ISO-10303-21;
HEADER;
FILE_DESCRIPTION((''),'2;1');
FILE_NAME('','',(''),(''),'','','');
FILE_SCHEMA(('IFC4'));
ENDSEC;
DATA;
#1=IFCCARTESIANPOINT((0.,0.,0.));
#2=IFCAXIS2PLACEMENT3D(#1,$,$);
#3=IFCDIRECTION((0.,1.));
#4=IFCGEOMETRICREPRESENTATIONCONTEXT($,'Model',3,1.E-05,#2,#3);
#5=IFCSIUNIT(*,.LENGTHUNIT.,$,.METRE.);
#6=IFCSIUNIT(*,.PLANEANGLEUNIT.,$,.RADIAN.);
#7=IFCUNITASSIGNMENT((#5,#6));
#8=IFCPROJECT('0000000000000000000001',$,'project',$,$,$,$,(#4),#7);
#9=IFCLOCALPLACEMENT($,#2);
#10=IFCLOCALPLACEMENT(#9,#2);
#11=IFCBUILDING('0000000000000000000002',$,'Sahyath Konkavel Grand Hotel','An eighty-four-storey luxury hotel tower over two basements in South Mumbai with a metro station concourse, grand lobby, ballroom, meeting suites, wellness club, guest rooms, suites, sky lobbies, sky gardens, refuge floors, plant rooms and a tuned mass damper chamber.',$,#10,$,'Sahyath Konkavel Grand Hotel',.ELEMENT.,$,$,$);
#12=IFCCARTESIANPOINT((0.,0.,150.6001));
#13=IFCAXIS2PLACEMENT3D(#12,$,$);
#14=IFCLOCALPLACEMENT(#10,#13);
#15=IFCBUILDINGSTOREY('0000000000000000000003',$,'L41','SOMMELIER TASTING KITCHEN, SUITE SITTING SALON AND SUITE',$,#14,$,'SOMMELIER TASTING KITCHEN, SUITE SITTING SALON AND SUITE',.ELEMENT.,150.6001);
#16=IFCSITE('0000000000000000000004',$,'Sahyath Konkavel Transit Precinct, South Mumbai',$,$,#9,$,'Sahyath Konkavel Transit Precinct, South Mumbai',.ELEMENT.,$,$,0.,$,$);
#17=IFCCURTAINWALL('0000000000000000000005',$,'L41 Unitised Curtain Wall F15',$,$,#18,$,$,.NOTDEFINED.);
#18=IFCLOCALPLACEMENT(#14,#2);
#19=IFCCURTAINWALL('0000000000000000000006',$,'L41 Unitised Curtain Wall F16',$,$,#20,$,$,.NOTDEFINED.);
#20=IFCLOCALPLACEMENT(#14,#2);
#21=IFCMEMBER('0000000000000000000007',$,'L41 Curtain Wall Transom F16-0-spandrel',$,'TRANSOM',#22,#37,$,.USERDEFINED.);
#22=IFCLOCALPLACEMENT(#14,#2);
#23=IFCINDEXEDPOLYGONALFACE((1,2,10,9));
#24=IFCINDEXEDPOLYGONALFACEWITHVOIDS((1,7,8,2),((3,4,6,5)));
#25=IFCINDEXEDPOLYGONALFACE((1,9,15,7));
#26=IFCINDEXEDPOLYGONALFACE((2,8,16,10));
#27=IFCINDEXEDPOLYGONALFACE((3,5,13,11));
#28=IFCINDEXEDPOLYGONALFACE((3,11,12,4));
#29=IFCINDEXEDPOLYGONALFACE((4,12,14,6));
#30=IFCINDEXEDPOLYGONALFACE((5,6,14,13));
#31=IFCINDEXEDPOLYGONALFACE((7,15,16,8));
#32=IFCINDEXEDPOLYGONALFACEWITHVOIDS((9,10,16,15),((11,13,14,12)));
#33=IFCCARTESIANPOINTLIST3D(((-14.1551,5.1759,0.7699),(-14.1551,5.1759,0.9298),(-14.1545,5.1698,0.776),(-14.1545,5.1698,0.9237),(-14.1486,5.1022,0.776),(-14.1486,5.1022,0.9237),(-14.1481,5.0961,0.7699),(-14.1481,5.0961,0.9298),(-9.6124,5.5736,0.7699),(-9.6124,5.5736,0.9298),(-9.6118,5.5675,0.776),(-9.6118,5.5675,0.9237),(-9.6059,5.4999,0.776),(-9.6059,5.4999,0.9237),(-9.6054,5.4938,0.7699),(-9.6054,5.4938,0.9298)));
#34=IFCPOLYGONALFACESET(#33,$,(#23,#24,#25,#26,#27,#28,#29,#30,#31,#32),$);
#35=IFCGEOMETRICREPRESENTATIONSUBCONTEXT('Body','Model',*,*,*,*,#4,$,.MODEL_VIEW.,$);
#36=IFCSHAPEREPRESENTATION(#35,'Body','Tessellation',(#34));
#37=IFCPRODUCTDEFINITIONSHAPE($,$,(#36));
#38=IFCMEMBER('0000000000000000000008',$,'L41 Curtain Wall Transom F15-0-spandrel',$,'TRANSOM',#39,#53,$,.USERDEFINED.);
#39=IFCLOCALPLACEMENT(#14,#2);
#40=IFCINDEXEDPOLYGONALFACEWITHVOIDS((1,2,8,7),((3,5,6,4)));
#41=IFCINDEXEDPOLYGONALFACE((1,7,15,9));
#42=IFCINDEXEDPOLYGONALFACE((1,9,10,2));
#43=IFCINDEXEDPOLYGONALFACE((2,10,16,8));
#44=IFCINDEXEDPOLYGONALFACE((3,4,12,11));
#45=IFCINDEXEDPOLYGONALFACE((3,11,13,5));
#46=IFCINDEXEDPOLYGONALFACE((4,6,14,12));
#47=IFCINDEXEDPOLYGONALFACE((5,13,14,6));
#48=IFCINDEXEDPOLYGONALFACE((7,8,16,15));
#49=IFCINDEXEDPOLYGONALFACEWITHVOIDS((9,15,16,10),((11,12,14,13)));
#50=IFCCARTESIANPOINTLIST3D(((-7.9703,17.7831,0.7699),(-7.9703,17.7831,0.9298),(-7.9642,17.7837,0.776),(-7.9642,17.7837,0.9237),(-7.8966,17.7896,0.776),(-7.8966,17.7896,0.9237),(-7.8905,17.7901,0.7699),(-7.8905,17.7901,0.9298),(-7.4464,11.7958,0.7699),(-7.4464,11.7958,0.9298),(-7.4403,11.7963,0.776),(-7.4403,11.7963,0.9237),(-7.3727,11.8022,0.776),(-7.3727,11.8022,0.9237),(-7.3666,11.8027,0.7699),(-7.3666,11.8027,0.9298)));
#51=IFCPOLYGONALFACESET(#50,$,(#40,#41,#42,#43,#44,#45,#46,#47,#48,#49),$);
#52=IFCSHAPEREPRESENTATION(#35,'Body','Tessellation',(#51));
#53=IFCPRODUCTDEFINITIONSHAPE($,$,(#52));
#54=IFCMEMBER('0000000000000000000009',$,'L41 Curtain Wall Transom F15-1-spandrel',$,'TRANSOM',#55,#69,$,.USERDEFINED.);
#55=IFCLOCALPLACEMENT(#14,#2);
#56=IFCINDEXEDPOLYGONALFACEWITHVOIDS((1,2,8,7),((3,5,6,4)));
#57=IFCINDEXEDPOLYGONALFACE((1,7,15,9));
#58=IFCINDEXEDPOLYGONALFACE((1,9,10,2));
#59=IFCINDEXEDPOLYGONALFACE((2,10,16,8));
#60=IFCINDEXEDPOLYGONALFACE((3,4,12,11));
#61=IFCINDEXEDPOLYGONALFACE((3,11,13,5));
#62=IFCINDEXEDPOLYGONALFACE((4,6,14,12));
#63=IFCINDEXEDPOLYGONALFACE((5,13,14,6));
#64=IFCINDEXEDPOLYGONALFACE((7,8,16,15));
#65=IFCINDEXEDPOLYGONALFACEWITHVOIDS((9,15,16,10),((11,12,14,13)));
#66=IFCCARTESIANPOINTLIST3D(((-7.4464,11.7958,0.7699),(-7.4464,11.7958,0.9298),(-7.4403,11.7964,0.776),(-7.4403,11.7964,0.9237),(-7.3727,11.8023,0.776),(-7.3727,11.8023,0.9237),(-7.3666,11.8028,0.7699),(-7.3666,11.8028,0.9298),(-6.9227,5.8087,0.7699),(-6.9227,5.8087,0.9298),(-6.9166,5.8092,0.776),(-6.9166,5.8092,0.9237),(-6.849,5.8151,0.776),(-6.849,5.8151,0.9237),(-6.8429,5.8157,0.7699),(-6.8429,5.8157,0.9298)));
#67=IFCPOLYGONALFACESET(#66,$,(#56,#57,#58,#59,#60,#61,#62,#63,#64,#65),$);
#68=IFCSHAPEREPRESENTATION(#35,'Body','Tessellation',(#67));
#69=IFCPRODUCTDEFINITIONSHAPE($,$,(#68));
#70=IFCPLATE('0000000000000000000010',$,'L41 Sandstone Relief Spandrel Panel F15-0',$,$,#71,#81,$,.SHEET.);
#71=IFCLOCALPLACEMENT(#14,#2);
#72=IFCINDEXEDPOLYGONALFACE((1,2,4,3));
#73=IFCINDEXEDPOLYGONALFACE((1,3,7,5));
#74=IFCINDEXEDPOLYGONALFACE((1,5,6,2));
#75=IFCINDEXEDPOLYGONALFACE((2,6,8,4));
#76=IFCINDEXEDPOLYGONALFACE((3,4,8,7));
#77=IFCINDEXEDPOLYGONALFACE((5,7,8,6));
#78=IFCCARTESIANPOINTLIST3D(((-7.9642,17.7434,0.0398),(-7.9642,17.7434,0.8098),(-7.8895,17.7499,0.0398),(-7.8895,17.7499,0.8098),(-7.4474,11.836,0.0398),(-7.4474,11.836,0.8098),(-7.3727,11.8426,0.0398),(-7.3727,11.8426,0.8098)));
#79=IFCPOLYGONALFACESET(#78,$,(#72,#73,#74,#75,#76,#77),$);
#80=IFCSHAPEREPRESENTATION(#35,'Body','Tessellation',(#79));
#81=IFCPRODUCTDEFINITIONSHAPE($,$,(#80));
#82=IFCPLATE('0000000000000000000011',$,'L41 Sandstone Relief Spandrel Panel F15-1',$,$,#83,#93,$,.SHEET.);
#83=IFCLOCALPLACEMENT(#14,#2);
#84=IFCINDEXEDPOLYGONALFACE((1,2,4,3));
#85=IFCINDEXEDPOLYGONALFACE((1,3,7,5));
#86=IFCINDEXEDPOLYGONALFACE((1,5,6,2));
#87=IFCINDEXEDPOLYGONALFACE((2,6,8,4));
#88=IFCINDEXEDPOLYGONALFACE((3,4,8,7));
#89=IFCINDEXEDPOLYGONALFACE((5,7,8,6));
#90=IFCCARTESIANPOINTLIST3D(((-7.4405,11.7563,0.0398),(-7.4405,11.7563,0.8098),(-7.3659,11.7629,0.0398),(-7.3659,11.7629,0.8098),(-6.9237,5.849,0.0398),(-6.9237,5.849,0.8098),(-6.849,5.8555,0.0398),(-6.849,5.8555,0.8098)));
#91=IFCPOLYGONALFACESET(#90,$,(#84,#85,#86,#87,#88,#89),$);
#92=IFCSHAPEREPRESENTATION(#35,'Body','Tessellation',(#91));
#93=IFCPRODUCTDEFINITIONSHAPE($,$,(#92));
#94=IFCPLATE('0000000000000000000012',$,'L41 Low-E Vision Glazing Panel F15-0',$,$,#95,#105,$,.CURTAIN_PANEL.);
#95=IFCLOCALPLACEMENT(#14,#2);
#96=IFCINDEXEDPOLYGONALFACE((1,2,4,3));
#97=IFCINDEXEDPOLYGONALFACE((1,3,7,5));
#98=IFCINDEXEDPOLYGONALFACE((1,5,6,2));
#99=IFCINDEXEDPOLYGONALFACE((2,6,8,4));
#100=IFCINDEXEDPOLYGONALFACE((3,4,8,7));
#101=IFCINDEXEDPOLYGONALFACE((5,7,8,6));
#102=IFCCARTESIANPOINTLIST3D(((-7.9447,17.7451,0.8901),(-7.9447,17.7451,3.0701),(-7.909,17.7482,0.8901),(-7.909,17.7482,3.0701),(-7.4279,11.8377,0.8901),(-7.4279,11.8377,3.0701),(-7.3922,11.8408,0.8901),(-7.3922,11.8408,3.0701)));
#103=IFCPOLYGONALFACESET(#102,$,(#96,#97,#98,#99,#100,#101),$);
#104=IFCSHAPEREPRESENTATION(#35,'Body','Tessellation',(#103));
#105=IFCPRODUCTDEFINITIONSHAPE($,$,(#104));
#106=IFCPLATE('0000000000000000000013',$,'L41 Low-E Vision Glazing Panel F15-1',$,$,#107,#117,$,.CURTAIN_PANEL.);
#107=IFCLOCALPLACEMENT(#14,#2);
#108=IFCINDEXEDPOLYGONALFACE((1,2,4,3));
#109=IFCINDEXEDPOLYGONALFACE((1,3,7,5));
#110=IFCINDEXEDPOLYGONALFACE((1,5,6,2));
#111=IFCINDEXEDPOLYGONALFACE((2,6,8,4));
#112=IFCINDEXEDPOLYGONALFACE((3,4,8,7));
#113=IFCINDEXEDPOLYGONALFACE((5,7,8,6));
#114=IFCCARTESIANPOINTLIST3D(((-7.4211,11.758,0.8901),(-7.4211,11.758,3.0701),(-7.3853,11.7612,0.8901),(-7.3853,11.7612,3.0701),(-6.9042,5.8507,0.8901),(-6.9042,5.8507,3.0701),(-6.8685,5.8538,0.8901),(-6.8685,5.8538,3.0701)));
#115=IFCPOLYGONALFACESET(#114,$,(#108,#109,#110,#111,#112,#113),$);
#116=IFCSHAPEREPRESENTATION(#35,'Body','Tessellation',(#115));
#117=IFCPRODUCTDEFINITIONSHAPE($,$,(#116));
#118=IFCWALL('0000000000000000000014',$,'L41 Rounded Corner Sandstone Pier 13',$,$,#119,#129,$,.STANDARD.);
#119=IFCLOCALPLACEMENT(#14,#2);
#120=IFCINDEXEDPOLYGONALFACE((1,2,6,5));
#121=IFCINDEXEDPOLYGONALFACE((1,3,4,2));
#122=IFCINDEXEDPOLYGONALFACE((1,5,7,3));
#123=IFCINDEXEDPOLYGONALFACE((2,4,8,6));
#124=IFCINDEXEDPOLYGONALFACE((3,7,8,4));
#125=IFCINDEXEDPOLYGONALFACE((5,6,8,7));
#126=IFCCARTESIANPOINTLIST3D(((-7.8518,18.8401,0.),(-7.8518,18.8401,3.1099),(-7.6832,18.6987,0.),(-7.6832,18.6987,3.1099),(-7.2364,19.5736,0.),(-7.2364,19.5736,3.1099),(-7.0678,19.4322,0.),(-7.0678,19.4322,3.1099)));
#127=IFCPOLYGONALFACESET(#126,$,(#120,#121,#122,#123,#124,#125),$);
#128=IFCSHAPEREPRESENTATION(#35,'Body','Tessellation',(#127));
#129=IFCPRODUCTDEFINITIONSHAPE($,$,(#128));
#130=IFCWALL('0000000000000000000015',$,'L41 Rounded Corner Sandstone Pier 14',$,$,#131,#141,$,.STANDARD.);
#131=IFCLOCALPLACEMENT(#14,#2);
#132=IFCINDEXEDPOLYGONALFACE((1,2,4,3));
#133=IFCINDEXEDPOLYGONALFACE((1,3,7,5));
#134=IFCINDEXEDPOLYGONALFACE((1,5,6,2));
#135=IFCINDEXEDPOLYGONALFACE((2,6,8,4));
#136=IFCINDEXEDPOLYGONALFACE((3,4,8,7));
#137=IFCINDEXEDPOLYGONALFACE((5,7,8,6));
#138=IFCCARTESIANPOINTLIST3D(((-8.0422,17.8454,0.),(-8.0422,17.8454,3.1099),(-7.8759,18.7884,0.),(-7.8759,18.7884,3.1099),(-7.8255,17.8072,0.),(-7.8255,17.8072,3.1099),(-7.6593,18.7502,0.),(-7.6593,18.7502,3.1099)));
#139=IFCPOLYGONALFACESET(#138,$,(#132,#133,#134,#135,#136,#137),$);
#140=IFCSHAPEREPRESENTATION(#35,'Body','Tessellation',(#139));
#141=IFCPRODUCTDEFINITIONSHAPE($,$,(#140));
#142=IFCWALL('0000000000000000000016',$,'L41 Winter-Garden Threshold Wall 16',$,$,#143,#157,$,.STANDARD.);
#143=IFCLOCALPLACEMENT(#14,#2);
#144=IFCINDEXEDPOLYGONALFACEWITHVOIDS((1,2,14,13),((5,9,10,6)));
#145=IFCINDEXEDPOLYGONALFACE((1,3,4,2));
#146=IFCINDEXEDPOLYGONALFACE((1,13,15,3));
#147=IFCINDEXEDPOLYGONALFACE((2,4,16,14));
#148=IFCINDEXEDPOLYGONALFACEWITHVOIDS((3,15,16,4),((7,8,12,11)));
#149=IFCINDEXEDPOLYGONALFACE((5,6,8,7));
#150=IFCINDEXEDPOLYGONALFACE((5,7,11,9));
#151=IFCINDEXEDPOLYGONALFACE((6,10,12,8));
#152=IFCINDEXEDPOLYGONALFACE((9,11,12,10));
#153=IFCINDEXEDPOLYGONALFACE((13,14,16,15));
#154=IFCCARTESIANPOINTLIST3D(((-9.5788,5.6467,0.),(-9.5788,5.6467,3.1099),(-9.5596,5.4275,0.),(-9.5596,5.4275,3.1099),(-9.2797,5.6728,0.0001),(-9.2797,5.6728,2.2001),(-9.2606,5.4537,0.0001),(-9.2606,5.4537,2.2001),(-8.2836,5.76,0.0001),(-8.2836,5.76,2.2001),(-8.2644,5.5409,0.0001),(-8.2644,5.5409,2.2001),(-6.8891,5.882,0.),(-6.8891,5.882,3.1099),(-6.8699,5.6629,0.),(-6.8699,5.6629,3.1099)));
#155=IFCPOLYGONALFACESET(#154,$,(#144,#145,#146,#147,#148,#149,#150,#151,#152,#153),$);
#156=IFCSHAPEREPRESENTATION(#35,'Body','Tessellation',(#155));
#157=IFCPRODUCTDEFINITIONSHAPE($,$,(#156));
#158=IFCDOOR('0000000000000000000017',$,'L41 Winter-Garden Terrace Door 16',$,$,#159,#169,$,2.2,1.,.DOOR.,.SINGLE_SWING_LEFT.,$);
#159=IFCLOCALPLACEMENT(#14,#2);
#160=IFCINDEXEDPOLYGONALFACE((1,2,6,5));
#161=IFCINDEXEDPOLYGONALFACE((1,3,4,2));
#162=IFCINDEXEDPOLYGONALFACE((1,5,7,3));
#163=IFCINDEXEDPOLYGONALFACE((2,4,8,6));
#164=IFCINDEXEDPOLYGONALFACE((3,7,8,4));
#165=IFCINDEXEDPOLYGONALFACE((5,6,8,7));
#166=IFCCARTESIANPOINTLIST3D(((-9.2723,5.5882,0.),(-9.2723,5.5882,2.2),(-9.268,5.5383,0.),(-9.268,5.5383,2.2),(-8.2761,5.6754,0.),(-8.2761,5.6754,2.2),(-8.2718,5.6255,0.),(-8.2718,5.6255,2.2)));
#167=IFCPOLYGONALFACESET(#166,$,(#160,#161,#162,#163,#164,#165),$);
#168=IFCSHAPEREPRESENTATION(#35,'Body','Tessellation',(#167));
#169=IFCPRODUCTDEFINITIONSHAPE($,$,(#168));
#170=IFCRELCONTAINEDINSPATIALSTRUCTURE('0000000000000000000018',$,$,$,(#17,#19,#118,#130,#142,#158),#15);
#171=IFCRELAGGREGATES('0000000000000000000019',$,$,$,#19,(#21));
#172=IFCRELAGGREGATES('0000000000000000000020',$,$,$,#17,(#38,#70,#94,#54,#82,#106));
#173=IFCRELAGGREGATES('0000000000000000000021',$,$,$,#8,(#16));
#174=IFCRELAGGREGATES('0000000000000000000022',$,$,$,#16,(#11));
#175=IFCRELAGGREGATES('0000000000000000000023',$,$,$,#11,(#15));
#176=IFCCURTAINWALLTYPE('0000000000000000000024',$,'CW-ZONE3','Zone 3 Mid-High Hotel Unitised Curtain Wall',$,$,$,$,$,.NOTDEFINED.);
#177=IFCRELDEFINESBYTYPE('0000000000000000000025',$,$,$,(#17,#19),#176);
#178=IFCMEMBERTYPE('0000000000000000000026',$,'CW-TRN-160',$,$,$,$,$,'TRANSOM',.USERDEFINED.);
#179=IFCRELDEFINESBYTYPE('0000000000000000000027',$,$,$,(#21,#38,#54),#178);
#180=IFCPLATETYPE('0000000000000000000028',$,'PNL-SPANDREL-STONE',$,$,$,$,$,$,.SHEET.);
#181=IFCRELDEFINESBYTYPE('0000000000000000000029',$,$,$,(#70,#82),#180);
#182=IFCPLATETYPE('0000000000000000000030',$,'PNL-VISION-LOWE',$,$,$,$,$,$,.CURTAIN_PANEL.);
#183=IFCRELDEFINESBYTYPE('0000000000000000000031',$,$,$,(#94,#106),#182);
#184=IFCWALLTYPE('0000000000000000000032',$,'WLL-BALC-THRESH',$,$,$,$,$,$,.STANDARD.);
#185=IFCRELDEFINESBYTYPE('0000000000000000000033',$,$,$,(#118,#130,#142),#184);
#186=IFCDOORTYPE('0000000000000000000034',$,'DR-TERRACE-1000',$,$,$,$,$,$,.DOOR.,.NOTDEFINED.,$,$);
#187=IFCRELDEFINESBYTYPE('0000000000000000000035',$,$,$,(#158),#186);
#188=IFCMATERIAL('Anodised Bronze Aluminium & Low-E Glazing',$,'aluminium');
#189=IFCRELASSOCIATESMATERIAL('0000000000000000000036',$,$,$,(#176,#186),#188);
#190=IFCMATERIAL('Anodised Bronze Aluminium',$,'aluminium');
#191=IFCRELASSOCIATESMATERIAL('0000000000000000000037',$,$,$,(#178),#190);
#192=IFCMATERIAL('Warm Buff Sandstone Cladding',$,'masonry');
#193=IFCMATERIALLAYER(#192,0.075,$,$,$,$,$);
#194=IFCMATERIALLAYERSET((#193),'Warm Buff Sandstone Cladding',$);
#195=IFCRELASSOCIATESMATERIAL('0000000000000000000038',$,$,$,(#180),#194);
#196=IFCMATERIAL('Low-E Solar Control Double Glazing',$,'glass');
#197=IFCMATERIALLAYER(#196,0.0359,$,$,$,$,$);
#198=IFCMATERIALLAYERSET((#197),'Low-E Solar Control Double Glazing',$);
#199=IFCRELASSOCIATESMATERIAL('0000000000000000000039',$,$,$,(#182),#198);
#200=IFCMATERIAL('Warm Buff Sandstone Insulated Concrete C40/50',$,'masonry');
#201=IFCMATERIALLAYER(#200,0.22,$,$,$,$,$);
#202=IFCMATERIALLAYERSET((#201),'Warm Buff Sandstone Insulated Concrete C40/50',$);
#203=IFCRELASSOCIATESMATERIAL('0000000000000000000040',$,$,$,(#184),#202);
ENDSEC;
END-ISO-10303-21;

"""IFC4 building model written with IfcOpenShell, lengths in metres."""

from ifc_helpers import new_model, si_unit, direction, frame, frame_2d, origin, origin_2d, place, context, subcontext, project, spatial, rectangle, hollow_rectangle, extrude, source, transform, mapped, material, layer, layer_set, material_profile, profile_set, type_object, element, fill, aggregate, save


model = new_model("IFC4")

# Units and contexts
model_context = context("Model", 3, precision=1e-05, world=origin(), true_north=direction((0.0, 1.0)))
body_context = subcontext(model_context, "Body", "Model", "MODEL_VIEW")
ifc_project = project(units=[si_unit("LENGTHUNIT", "METRE"), si_unit("PLANEANGLEUNIT", "RADIAN")], contexts=[model_context])

# Site, building, storey
site_placement = place(None, origin())
site = spatial("IfcSite", under=ifc_project, at=site_placement, Name="Sahyath Konkavel Transit Precinct, South Mumbai", LongName="Sahyath Konkavel Transit Precinct, South Mumbai", CompositionType="ELEMENT", RefElevation=0.0)
building_placement = place(site_placement, origin())
building = spatial("IfcBuilding", under=site, at=building_placement, Name="Sahyath Konkavel Grand Hotel", Description="An eighty-four-storey luxury hotel tower over two basements in South Mumbai with a metro station concourse, grand lobby, ballroom, meeting suites, wellness club, guest rooms, suites, sky lobbies, sky gardens, refuge floors, plant rooms and a tuned mass damper chamber.", LongName="Sahyath Konkavel Grand Hotel", CompositionType="ELEMENT")
storey_placement = place(building_placement, frame((0.0, 0.0, 150.6001)))
storey = spatial("IfcBuildingStorey", under=building, at=storey_placement, Name="L41", Description="SOMMELIER TASTING KITCHEN, SUITE SITTING SALON AND SUITE", LongName="SOMMELIER TASTING KITCHEN, SUITE SITTING SALON AND SUITE", CompositionType="ELEMENT", Elevation=150.6001)

# Shared definitions
ifc_material_1 = material(Name="Anodised Bronze Aluminium & Low-E Glazing", Category="aluminium")
curtain_wall_type = type_object("IfcCurtainWallType", Name="CW-ZONE3", Description="Zone 3 Mid-High Hotel Unitised Curtain Wall", PredefinedType="NOTDEFINED", material=ifc_material_1)
ifc_material_2 = material(Name="Anodised Bronze Aluminium", Category="aluminium")

# Curtain wall
curtain_wall_1_placement = place(storey_placement, origin())
curtain_wall_1 = element("IfcCurtainWall", 1, at=curtain_wall_1_placement, inside=storey, type_object=curtain_wall_type, Name="L41 Unitised Curtain Wall F15", PredefinedType="NOTDEFINED")

# Curtain wall
curtain_wall_2_placement = place(storey_placement, origin())
curtain_wall_2 = element("IfcCurtainWall", 2, at=curtain_wall_2_placement, inside=storey, type_object=curtain_wall_type, Name="L41 Unitised Curtain Wall F16", PredefinedType="NOTDEFINED")

# Members
ifc_material_profile_1 = material_profile(ifc_material_2, hollow_rectangle(XDim=0.0801, YDim=0.1599, WallThickness=0.0061, at=origin_2d()), Name="RHS 160x80x6")
ifc_profile_set_1 = profile_set([ifc_material_profile_1], Name="Anodised Bronze Aluminium")
member_type_1 = type_object("IfcMemberType", Name="CW-TRN-160", ElementType="TRANSOM", PredefinedType="USERDEFINED", material=ifc_profile_set_1)
shared_shape_1 = source(origin(), body_context, "Body", "SweptSolid", [
    extrude(hollow_rectangle(XDim=0.0801, YDim=0.1599, WallThickness=0.0061, at=origin_2d()), origin(), (0.0, 0.0, 1.0), 4.5601),
])
member_1_placement = place(storey_placement, frame((-9.6089, 5.5337, 0.8499), z_axis=(-0.99619, -0.087214, 0.0), x_axis=(0.087214, -0.99619, 0.0)))
member_1 = element("IfcMember", 3, at=member_1_placement, type_object=member_type_1, Name="L41 Curtain Wall Transom F16-0-spandrel", ObjectType="TRANSOM", PredefinedType="USERDEFINED", context=body_context, shape_type="MappedRepresentation", body=[
    mapped(shared_shape_1, transform((0.0, 0.0, 0.0), scale=1.0)),
])
aggregate(curtain_wall_2, [member_1])
shared_shape_2 = source(origin(), body_context, "Body", "SweptSolid", [
    extrude(hollow_rectangle(XDim=0.0801, YDim=0.1599, WallThickness=0.0061, at=origin_2d()), origin(), (0.0, 0.0, 1.0), 6.0103),
])
member_2_placement = place(storey_placement, frame((-7.9304, 17.7866, 0.8499), z_axis=(0.087173, -0.996193, 0.0), x_axis=(0.996193, 0.087173, 0.0)))
member_2 = element("IfcMember", 4, at=member_2_placement, type_object=member_type_1, Name="L41 Curtain Wall Transom F15-0-spandrel", ObjectType="TRANSOM", PredefinedType="USERDEFINED", context=body_context, shape_type="MappedRepresentation", body=[
    mapped(shared_shape_2, transform((0.0, 0.0, 0.0), scale=1.0)),
])
shared_shape_3 = source(origin(), body_context, "Body", "SweptSolid", [
    extrude(hollow_rectangle(XDim=0.0801, YDim=0.1599, WallThickness=0.0061, at=origin_2d()), origin(), (0.0, 0.0, 1.0), 6.01),
])
member_3_placement = place(storey_placement, frame((-7.4065, 11.7993, 0.8499), z_axis=(0.087136, -0.996196, 0.0), x_axis=(0.996196, 0.087136, 0.0)))
member_3 = element("IfcMember", 5, at=member_3_placement, type_object=member_type_1, Name="L41 Curtain Wall Transom F15-1-spandrel", ObjectType="TRANSOM", PredefinedType="USERDEFINED", context=body_context, shape_type="MappedRepresentation", body=[
    mapped(shared_shape_3, transform((0.0, 0.0, 0.0), scale=1.0)),
])

# Plates
ifc_material_3 = material(Name="Warm Buff Sandstone Cladding", Category="masonry")
ifc_layer_1 = layer(ifc_material_3, 0.075)
ifc_layer_set_1 = layer_set([ifc_layer_1], Name="Warm Buff Sandstone Cladding")
plate_type_1 = type_object("IfcPlateType", Name="PNL-SPANDREL-STONE", PredefinedType="SHEET", material=ifc_layer_set_1)
shared_shape_4 = source(origin(), body_context, "Body", "SweptSolid", [
    extrude(rectangle(XDim=5.9299, YDim=0.075, at=origin_2d()), origin(), (0.0, 0.0, 1.0), 0.77),
])
plate_1_placement = place(storey_placement, frame((-7.6685, 14.793, 0.0398), z_axis=(0.0, 0.0, 1.0), x_axis=(0.087156, -0.996195, 0.0)))
plate_1 = element("IfcPlate", 6, at=plate_1_placement, type_object=plate_type_1, Name="L41 Sandstone Relief Spandrel Panel F15-0", PredefinedType="SHEET", context=body_context, shape_type="MappedRepresentation", body=[
    mapped(shared_shape_4, transform((0.0, 0.0, 0.0), scale=1.0)),
])
plate_2_placement = place(storey_placement, frame((-7.1448, 8.8059, 0.0398), z_axis=(0.0, 0.0, 1.0), x_axis=(0.087156, -0.996195, 0.0)))
plate_2 = element("IfcPlate", 7, at=plate_2_placement, type_object=plate_type_1, Name="L41 Sandstone Relief Spandrel Panel F15-1", PredefinedType="SHEET", context=body_context, shape_type="MappedRepresentation", body=[
    mapped(shared_shape_4, transform((0.0, 0.0, 0.0), scale=1.0)),
])
ifc_material_4 = material(Name="Low-E Solar Control Double Glazing", Category="glass")
ifc_layer_2 = layer(ifc_material_4, 0.0359)
ifc_layer_set_2 = layer_set([ifc_layer_2], Name="Low-E Solar Control Double Glazing")
plate_type_2 = type_object("IfcPlateType", Name="PNL-VISION-LOWE", PredefinedType="CURTAIN_PANEL", material=ifc_layer_set_2)
shared_shape_5 = source(origin(), body_context, "Body", "SweptSolid", [
    extrude(rectangle(XDim=5.9299, YDim=0.0359, at=origin_2d()), origin(), (0.0, 0.0, 1.0), 2.1799),
])
plate_3_placement = place(storey_placement, frame((-7.6685, 14.793, 0.8901), z_axis=(0.0, 0.0, 1.0), x_axis=(0.087156, -0.996195, 0.0)))
plate_3 = element("IfcPlate", 8, at=plate_3_placement, type_object=plate_type_2, Name="L41 Low-E Vision Glazing Panel F15-0", PredefinedType="CURTAIN_PANEL", context=body_context, shape_type="MappedRepresentation", body=[
    mapped(shared_shape_5, transform((0.0, 0.0, 0.0), scale=1.0)),
])
plate_4_placement = place(storey_placement, frame((-7.1448, 8.8059, 0.8901), z_axis=(0.0, 0.0, 1.0), x_axis=(0.087156, -0.996195, 0.0)))
plate_4 = element("IfcPlate", 9, at=plate_4_placement, type_object=plate_type_2, Name="L41 Low-E Vision Glazing Panel F15-1", PredefinedType="CURTAIN_PANEL", context=body_context, shape_type="MappedRepresentation", body=[
    mapped(shared_shape_5, transform((0.0, 0.0, 0.0), scale=1.0)),
])
aggregate(curtain_wall_1, [member_2, plate_1, plate_3, member_3, plate_2, plate_4])

# Walls
ifc_material_5 = material(Name="Warm Buff Sandstone Insulated Concrete C40/50", Category="masonry")
ifc_layer_3 = layer(ifc_material_5, 0.22)
ifc_layer_set_3 = layer_set([ifc_layer_3], Name="Warm Buff Sandstone Insulated Concrete C40/50")
wall_type_1 = type_object("IfcWallType", Name="WLL-BALC-THRESH", PredefinedType="STANDARD", material=ifc_layer_set_3)
for number, where, z_axis, x_axis, name in (
    (10, (-7.1521, 19.5029, 0.0), (0.0, 0.0, 1.0), (-0.642714, -0.766107, 0.0), "L41 Rounded Corner Sandstone Pier 13"),
    (11, (-7.7676, 18.7693, 0.0), (0.0, 0.0, 1.0), (-0.173654, -0.984807, 0.0), "L41 Rounded Corner Sandstone Pier 14"),
):
    element("IfcWall", number, at=place(storey_placement, frame(where, z_axis=z_axis, x_axis=x_axis)), inside=storey, type_object=wall_type_1, Name=name, PredefinedType="STANDARD", context=body_context, shape_type="SweptSolid", body=[
        extrude(rectangle(XDim=0.9575, YDim=0.22, at=frame_2d((0.4788, 0.0))), origin(), (0.0, 0.0, 1.0), 3.1099),
    ])

# Wall, opening, door
wall_1_placement = place(storey_placement, frame((-6.8794, 5.7725, 0.0), z_axis=(0.0, 0.0, 1.0), x_axis=(-0.996194, -0.087168, 0.0)))
wall_1 = element("IfcWall", 12, at=wall_1_placement, inside=storey, type_object=wall_type_1, Name="L41 Winter-Garden Threshold Wall 16", PredefinedType="STANDARD", context=body_context, shape_type="SweptSolid", body=[
    extrude(rectangle(XDim=2.7, YDim=0.22, at=frame_2d((1.3501, 0.0))), origin(), (0.0, 0.0, 1.0), 3.1099),
])
opening_1_placement = place(wall_1_placement, frame((1.3999, 0.0, 0.0)))
opening_1 = element("IfcOpeningElement", 13, at=opening_1_placement, cuts=wall_1, PredefinedType="OPENING", context=body_context, shape_type="SweptSolid", body=[
    extrude(rectangle(XDim=1.0, YDim=2.2, at=frame_2d((0.5, 1.1001))), frame((0.0, 0.1201, 0.0), z_axis=(0.0, -1.0, 0.0), x_axis=(1.0, 0.0, 0.0)), (0.0, 0.0, 1.0), 0.24),
])
door_type_1 = type_object("IfcDoorType", Name="DR-TERRACE-1000", OperationType="NOTDEFINED", PredefinedType="DOOR", material=ifc_material_1)
shared_shape_6 = source(origin(), body_context, "Body", "SweptSolid", [
    extrude(rectangle(XDim=1.0, YDim=0.05, at=origin_2d()), origin(), (0.0, 0.0, 1.0), 2.2),
])
door_1_placement = place(opening_1_placement, frame((0.5, 0.0, 0.0)))
door_1 = element("IfcDoor", 14, at=door_1_placement, inside=storey, type_object=door_type_1, Name="L41 Winter-Garden Terrace Door 16", OperationType="SINGLE_SWING_LEFT", OverallHeight=2.2, OverallWidth=1.0, PredefinedType="DOOR", context=body_context, shape_type="MappedRepresentation", body=[
    mapped(shared_shape_6, transform((0.0, 0.0, 0.0), scale=1.0)),
])
fill(opening_1, door_1)

save(model, "model.ifc")
